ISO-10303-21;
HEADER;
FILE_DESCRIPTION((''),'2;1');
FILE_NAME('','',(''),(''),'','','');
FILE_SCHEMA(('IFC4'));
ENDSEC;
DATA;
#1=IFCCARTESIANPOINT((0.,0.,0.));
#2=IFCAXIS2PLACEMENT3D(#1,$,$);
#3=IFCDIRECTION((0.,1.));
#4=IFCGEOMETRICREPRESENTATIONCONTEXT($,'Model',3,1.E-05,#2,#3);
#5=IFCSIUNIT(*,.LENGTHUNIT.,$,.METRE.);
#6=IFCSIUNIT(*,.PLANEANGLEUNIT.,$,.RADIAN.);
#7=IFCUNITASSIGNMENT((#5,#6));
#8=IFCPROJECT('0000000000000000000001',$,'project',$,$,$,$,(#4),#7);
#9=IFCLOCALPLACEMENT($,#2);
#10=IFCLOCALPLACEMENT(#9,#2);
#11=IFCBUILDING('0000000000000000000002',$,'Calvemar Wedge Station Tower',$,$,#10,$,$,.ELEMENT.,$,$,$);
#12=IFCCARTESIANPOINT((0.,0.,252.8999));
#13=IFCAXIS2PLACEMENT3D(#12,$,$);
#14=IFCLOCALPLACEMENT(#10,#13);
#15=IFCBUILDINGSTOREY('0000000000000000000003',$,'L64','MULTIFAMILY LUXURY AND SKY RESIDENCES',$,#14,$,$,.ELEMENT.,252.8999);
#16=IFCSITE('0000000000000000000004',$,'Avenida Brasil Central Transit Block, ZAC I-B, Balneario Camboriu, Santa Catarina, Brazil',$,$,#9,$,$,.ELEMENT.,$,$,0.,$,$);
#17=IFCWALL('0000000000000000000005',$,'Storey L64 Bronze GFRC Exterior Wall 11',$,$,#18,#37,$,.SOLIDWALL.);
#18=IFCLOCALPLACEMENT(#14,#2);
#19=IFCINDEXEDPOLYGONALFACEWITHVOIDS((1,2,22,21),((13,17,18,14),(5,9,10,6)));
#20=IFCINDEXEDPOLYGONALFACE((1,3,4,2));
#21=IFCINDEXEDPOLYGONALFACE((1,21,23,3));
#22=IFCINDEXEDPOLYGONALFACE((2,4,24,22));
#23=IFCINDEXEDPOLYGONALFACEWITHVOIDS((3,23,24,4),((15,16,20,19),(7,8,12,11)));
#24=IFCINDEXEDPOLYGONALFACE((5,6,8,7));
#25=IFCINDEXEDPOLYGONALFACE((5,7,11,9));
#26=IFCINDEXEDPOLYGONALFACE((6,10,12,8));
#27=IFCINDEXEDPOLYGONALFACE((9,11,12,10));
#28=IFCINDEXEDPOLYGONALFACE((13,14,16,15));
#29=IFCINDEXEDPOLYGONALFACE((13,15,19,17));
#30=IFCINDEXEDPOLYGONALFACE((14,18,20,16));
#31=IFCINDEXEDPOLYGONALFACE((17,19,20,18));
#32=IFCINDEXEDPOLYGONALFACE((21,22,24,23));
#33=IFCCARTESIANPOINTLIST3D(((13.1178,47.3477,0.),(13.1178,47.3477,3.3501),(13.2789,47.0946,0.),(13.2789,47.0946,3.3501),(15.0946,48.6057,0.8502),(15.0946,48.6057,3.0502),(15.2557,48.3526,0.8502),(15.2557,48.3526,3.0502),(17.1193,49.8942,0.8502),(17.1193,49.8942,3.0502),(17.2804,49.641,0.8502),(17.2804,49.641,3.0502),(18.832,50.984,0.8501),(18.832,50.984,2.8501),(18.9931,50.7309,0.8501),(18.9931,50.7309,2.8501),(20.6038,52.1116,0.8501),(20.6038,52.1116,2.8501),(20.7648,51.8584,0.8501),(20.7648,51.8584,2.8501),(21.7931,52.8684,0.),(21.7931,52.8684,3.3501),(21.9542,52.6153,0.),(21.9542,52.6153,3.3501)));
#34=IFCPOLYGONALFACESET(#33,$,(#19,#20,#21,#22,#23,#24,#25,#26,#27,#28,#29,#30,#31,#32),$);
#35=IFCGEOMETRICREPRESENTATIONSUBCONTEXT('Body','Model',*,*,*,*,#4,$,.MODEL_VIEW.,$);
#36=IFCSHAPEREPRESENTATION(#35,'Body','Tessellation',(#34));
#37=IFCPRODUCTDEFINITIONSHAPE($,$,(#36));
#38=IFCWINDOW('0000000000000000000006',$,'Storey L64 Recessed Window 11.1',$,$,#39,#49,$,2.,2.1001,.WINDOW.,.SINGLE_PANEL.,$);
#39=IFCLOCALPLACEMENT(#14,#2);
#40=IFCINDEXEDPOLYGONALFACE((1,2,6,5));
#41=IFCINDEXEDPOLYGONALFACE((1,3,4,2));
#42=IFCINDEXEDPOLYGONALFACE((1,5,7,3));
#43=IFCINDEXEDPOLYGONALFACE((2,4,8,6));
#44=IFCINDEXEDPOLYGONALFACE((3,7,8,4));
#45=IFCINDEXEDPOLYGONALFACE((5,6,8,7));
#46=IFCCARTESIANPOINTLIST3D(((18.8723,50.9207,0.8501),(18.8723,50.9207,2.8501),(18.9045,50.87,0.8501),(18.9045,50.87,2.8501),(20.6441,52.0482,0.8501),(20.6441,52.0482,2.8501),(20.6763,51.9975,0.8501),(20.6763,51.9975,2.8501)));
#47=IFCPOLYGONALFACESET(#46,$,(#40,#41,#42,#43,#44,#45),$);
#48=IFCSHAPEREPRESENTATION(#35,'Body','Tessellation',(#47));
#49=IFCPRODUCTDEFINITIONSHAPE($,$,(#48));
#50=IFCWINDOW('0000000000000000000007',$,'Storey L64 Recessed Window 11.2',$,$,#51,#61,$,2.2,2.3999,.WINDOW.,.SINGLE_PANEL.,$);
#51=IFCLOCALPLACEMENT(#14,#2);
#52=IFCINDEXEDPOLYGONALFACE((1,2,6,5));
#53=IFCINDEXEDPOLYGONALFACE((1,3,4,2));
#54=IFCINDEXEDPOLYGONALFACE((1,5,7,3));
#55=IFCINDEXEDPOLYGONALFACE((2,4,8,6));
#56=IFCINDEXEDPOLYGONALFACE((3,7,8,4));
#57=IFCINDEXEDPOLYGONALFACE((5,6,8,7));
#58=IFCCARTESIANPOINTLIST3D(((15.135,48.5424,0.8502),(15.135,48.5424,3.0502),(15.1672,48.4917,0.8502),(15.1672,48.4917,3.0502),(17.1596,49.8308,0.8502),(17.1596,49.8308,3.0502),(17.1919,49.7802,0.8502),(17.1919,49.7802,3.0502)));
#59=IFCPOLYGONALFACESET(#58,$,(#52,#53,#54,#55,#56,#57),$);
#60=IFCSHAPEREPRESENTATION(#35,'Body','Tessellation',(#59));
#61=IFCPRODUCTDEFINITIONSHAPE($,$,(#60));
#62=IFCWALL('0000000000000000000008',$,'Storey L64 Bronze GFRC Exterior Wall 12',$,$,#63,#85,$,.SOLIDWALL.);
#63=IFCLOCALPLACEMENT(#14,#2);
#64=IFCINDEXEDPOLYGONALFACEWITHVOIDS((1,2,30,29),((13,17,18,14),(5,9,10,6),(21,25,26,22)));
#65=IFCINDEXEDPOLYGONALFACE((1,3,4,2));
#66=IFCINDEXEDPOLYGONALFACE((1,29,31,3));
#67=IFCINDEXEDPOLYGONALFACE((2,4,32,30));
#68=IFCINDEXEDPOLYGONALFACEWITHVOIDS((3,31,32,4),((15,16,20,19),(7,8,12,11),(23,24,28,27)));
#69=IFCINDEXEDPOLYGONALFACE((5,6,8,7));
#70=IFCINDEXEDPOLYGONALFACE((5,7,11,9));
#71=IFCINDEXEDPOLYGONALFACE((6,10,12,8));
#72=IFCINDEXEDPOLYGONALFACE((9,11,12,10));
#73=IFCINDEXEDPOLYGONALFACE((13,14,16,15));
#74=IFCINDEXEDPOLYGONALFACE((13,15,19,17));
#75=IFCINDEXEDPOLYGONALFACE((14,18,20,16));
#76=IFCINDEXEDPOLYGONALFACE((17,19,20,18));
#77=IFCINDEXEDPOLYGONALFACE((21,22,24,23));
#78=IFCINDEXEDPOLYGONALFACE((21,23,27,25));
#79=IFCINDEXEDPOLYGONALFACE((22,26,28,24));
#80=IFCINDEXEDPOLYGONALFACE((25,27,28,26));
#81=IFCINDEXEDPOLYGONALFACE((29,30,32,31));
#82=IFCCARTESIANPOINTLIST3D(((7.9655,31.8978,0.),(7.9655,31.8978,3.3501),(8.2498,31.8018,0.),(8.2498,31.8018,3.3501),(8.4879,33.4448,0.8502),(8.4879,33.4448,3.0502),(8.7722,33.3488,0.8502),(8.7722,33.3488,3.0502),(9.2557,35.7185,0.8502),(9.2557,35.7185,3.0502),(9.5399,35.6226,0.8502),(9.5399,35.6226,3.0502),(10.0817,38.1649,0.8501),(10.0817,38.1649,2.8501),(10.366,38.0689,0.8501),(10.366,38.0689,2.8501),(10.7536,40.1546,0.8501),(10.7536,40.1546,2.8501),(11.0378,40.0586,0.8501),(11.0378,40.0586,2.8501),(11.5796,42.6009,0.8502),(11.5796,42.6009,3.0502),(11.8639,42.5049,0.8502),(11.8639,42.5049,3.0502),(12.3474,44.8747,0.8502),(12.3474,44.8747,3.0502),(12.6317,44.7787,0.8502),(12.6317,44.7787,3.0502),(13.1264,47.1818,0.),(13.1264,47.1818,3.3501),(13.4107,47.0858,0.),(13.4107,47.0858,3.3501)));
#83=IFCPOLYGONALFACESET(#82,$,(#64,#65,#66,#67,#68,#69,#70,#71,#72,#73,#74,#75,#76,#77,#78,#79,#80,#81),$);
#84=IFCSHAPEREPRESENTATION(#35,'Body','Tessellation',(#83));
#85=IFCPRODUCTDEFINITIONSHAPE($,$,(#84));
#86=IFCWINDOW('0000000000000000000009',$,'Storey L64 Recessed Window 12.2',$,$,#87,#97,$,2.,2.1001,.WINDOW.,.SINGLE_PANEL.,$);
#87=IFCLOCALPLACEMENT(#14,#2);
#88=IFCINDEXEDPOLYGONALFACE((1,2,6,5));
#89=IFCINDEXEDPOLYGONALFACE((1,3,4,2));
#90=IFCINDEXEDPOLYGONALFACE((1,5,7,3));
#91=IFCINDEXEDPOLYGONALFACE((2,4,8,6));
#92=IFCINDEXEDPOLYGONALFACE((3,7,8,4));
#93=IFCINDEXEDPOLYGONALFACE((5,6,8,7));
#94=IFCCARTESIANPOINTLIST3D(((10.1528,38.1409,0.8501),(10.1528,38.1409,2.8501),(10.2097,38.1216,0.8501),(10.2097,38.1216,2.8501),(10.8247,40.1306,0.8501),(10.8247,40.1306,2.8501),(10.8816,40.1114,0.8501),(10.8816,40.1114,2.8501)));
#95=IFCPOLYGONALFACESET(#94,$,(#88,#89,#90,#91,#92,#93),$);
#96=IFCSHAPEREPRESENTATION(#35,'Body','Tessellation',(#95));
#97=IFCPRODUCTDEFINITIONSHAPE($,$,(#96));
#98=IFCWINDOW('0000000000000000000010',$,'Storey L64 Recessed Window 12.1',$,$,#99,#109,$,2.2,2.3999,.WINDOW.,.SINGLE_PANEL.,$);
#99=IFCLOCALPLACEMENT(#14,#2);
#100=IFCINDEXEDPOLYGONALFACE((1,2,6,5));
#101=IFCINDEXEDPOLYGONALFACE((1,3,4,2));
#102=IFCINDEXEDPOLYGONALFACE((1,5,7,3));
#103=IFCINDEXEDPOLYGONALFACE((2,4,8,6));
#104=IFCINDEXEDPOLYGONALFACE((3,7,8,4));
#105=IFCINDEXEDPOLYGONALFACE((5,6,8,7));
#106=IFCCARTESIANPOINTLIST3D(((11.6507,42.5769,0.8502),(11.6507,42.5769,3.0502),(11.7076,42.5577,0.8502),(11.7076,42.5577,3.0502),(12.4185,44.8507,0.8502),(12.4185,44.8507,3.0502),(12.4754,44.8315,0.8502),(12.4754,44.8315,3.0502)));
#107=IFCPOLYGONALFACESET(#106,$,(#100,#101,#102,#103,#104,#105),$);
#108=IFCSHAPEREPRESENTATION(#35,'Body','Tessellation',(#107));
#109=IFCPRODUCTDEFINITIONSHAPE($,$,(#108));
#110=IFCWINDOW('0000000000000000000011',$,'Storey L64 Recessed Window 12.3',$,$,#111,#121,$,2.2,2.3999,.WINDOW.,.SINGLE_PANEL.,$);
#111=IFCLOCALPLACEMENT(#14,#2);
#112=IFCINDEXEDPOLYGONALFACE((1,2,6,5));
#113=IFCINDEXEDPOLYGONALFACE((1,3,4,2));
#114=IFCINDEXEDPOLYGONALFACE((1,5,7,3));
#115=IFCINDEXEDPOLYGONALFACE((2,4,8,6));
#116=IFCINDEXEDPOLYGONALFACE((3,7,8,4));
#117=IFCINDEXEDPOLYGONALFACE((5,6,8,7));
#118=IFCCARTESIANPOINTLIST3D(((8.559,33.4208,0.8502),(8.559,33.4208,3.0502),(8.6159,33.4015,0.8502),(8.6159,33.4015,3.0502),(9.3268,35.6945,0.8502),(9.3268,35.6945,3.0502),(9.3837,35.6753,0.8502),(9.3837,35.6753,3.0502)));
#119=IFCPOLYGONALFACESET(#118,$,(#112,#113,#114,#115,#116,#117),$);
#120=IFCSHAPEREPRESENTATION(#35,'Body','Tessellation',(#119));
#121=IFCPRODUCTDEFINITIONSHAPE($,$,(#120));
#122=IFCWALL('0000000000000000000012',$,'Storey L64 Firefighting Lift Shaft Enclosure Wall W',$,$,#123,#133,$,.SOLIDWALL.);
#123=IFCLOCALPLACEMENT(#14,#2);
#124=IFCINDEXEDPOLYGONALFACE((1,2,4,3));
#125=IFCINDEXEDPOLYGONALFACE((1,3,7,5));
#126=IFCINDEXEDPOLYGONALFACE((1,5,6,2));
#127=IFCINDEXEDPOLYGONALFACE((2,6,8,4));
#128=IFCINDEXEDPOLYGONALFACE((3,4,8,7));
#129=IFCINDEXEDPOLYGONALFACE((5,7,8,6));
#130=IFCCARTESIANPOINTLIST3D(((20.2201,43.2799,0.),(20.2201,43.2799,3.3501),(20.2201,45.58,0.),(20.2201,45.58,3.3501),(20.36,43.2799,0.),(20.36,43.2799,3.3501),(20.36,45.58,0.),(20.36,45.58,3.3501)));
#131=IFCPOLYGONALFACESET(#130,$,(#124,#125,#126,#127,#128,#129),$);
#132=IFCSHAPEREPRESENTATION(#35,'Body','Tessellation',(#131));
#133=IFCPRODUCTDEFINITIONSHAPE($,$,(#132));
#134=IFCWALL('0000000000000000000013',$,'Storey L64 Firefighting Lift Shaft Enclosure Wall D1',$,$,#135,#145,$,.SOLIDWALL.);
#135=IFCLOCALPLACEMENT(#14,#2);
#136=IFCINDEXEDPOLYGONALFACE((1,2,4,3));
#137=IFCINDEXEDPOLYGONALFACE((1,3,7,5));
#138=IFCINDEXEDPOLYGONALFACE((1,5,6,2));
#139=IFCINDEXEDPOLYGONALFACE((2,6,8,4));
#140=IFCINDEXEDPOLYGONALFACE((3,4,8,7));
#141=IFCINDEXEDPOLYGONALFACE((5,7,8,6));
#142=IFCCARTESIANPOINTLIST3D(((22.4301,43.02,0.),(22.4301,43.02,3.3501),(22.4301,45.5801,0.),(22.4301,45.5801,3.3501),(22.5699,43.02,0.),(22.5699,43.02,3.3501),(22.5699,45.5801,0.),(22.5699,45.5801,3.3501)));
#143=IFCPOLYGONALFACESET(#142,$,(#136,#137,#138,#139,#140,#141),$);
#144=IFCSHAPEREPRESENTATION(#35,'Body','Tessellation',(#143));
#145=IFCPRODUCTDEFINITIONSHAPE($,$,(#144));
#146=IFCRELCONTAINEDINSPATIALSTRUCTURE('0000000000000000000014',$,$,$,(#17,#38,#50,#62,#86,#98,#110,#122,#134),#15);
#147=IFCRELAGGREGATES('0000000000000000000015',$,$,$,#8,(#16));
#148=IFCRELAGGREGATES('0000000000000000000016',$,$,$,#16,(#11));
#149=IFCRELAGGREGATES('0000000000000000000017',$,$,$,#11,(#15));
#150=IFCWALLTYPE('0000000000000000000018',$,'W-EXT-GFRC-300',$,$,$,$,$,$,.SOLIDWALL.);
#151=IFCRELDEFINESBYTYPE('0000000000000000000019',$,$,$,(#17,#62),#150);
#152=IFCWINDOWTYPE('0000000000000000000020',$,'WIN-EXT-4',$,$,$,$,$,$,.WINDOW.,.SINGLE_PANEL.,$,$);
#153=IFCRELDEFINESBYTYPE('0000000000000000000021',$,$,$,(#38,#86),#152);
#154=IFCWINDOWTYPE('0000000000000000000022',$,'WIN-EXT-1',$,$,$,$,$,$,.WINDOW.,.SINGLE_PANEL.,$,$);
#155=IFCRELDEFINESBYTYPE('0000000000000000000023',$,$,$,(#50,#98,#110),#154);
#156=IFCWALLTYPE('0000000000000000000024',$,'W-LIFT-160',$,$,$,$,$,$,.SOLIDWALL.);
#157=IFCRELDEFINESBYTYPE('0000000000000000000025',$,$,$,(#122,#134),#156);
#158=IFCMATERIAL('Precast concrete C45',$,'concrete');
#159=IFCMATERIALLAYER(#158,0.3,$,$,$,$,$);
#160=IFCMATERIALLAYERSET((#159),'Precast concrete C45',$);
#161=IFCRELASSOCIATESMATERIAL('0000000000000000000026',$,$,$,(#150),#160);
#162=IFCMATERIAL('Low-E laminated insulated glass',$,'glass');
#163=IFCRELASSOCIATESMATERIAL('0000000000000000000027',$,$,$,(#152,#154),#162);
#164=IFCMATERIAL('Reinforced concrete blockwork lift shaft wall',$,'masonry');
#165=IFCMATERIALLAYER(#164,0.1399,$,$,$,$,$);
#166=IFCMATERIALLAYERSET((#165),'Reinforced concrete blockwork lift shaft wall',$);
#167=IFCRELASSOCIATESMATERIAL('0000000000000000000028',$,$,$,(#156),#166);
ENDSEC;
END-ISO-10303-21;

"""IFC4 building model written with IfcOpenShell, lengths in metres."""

from ifc_helpers import new_model, si_unit, direction, frame, frame_2d, origin, place, context, subcontext, project, spatial, rectangle, extrude, source, transform, mapped, material, layer, layer_set, type_object, element, fill, save


model = new_model("IFC4")

# Units and contexts
model_context = context("Model", 3, precision=1e-05, world=origin(), true_north=direction((0.0, 1.0)))
body_context = subcontext(model_context, "Body", "Model", "MODEL_VIEW")
ifc_project = project(units=[si_unit("LENGTHUNIT", "METRE"), si_unit("PLANEANGLEUNIT", "RADIAN")], contexts=[model_context])

# Site, building, storey
site_placement = place(None, origin())
site = spatial("IfcSite", under=ifc_project, at=site_placement, Name="Avenida Brasil Central Transit Block, ZAC I-B, Balneario Camboriu, Santa Catarina, Brazil", CompositionType="ELEMENT", RefElevation=0.0)
building_placement = place(site_placement, origin())
building = spatial("IfcBuilding", under=site, at=building_placement, Name="Calvemar Wedge Station Tower", CompositionType="ELEMENT")
storey_placement = place(building_placement, frame((0.0, 0.0, 252.8999)))
storey = spatial("IfcBuildingStorey", under=building, at=storey_placement, Name="L64", Description="MULTIFAMILY LUXURY AND SKY RESIDENCES", CompositionType="ELEMENT", Elevation=252.8999)

# Shared definitions
ifc_material_1 = material(Name="Precast concrete C45", Category="concrete")

# Shared definitions
ifc_layer_1 = layer(ifc_material_1, 0.3)
ifc_layer_set_1 = layer_set([ifc_layer_1], Name="Precast concrete C45")
wall_type_1 = type_object("IfcWallType", Name="W-EXT-GFRC-300", PredefinedType="SOLIDWALL", material=ifc_layer_set_1)

# Walls, openings, windows
wall_1_placement = place(storey_placement, frame((21.8738, 52.7419, 0.0), z_axis=(0.0, 0.0, 1.0), x_axis=(-0.843657, -0.536883, 0.0)))
wall_1 = element("IfcWall", 1, at=wall_1_placement, inside=storey, type_object=wall_type_1, Name="Storey L64 Bronze GFRC Exterior Wall 11", PredefinedType="SOLIDWALL", context=body_context, shape_type="SweptSolid", body=[
    extrude(rectangle(XDim=10.283, YDim=0.3, at=frame_2d((5.1416, 0.0))), origin(), (0.0, 0.0, 1.0), 3.3501),
])
shared_shape_1 = source(origin(), body_context, "Body", "SweptSolid", [
    extrude(rectangle(XDim=2.1001, YDim=2.0, at=frame_2d((1.05, 1.0))), frame((0.0, 0.1602, 0.0), z_axis=(0.0, -1.0, 0.0), x_axis=(1.0, 0.0, 0.0)), (0.0, 0.0, 1.0), 0.3201),
])
opening_1_placement = place(wall_1_placement, frame((1.4099, 0.0, 0.8501)))
opening_1 = element("IfcOpeningElement", 2, at=opening_1_placement, cuts=wall_1, PredefinedType="OPENING", context=body_context, shape_type="MappedRepresentation", body=[
    mapped(shared_shape_1, transform((0.0, 0.0, 0.0), scale=1.0)),
])
shared_shape_2 = source(origin(), body_context, "Body", "SweptSolid", [
    extrude(rectangle(XDim=2.3999, YDim=2.2, at=frame_2d((1.2, 1.1001))), frame((0.0, 0.1602, 0.0), z_axis=(0.0, -1.0, 0.0), x_axis=(1.0, 0.0, 0.0)), (0.0, 0.0, 1.0), 0.3201),
])
opening_2_placement = place(wall_1_placement, frame((5.54, 0.0, 0.8501)))
opening_2 = element("IfcOpeningElement", 3, at=opening_2_placement, cuts=wall_1, PredefinedType="OPENING", context=body_context, shape_type="MappedRepresentation", body=[
    mapped(shared_shape_2, transform((0.0, 0.0, 0.0), scale=1.0)),
])
ifc_material_2 = material(Name="Low-E laminated insulated glass", Category="glass")
window_type_1 = type_object("IfcWindowType", Name="WIN-EXT-4", PartitioningType="SINGLE_PANEL", PredefinedType="WINDOW", material=ifc_material_2)
shared_shape_3 = source(origin(), body_context, "Body", "SweptSolid", [
    extrude(rectangle(XDim=2.1001, YDim=2.0, at=frame_2d((1.05, 1.0))), frame((0.0, -0.0149, 0.0), z_axis=(0.0, -1.0, 0.0), x_axis=(1.0, 0.0, 0.0)), (0.0, 0.0, 1.0), 0.0601),
])
window_1_placement = place(opening_1_placement, origin())
window_1 = element("IfcWindow", 4, at=window_1_placement, inside=storey, type_object=window_type_1, Name="Storey L64 Recessed Window 11.1", OverallHeight=2.0, OverallWidth=2.1001, PartitioningType="SINGLE_PANEL", PredefinedType="WINDOW", context=body_context, shape_type="MappedRepresentation", body=[
    mapped(shared_shape_3, transform((0.0, 0.0, 0.0), scale=1.0)),
])
fill(opening_1, window_1)
window_type_2 = type_object("IfcWindowType", Name="WIN-EXT-1", PartitioningType="SINGLE_PANEL", PredefinedType="WINDOW", material=ifc_material_2)
shared_shape_4 = source(origin(), body_context, "Body", "SweptSolid", [
    extrude(rectangle(XDim=2.3999, YDim=2.2, at=frame_2d((1.2, 1.1001))), frame((0.0, -0.0149, 0.0), z_axis=(0.0, -1.0, 0.0), x_axis=(1.0, 0.0, 0.0)), (0.0, 0.0, 1.0), 0.0601),
])
window_2_placement = place(opening_2_placement, origin())
window_2 = element("IfcWindow", 5, at=window_2_placement, inside=storey, type_object=window_type_2, Name="Storey L64 Recessed Window 11.2", OverallHeight=2.2, OverallWidth=2.3999, PartitioningType="SINGLE_PANEL", PredefinedType="WINDOW", context=body_context, shape_type="MappedRepresentation", body=[
    mapped(shared_shape_4, transform((0.0, 0.0, 0.0), scale=1.0)),
])
fill(opening_2, window_2)
wall_2_placement = place(storey_placement, frame((13.2686, 47.1338, 0.0), z_axis=(0.0, 0.0, 1.0), x_axis=(-0.319921, -0.947444, 0.0)))
wall_2 = element("IfcWall", 6, at=wall_2_placement, inside=storey, type_object=wall_type_1, Name="Storey L64 Bronze GFRC Exterior Wall 12", PredefinedType="SOLIDWALL", context=body_context, shape_type="SweptSolid", body=[
    extrude(rectangle(XDim=16.1318, YDim=0.3, at=frame_2d((8.0659, 0.0))), origin(), (0.0, 0.0, 1.0), 3.3501),
])
opening_3_placement = place(wall_2_placement, frame((2.4351, 0.0, 0.8501)))
opening_3 = element("IfcOpeningElement", 7, at=opening_3_placement, cuts=wall_2, PredefinedType="OPENING", context=body_context, shape_type="MappedRepresentation", body=[
    mapped(shared_shape_2, transform((0.0, 0.0, 0.0), scale=1.0)),
])
opening_4_placement = place(wall_2_placement, frame((7.417, 0.0, 0.8501)))
opening_4 = element("IfcOpeningElement", 8, at=opening_4_placement, cuts=wall_2, PredefinedType="OPENING", context=body_context, shape_type="MappedRepresentation", body=[
    mapped(shared_shape_1, transform((0.0, 0.0, 0.0), scale=1.0)),
])
opening_5_placement = place(wall_2_placement, frame((12.0991, 0.0, 0.8501)))
opening_5 = element("IfcOpeningElement", 9, at=opening_5_placement, cuts=wall_2, PredefinedType="OPENING", context=body_context, shape_type="MappedRepresentation", body=[
    mapped(shared_shape_2, transform((0.0, 0.0, 0.0), scale=1.0)),
])
window_3_placement = place(opening_4_placement, origin())
window_3 = element("IfcWindow", 10, at=window_3_placement, inside=storey, type_object=window_type_1, Name="Storey L64 Recessed Window 12.2", OverallHeight=2.0, OverallWidth=2.1001, PartitioningType="SINGLE_PANEL", PredefinedType="WINDOW", context=body_context, shape_type="MappedRepresentation", body=[
    mapped(shared_shape_3, transform((0.0, 0.0, 0.0), scale=1.0)),
])
fill(opening_4, window_3)
window_4_placement = place(opening_3_placement, origin())
window_4 = element("IfcWindow", 11, at=window_4_placement, inside=storey, type_object=window_type_2, Name="Storey L64 Recessed Window 12.1", OverallHeight=2.2, OverallWidth=2.3999, PartitioningType="SINGLE_PANEL", PredefinedType="WINDOW", context=body_context, shape_type="MappedRepresentation", body=[
    mapped(shared_shape_4, transform((0.0, 0.0, 0.0), scale=1.0)),
])
fill(opening_3, window_4)
window_5_placement = place(opening_5_placement, origin())
window_5 = element("IfcWindow", 12, at=window_5_placement, inside=storey, type_object=window_type_2, Name="Storey L64 Recessed Window 12.3", OverallHeight=2.2, OverallWidth=2.3999, PartitioningType="SINGLE_PANEL", PredefinedType="WINDOW", context=body_context, shape_type="MappedRepresentation", body=[
    mapped(shared_shape_4, transform((0.0, 0.0, 0.0), scale=1.0)),
])
fill(opening_5, window_5)

# Walls
ifc_material_3 = material(Name="Reinforced concrete blockwork lift shaft wall", Category="masonry")
ifc_layer_2 = layer(ifc_material_3, 0.1399)
ifc_layer_set_2 = layer_set([ifc_layer_2], Name="Reinforced concrete blockwork lift shaft wall")
wall_type_2 = type_object("IfcWallType", Name="W-LIFT-160", PredefinedType="SOLIDWALL", material=ifc_layer_set_2)
wall_3_placement = place(storey_placement, frame((20.29, 43.28, 0.0), z_axis=(0.0, 0.0, 1.0), x_axis=(0.0, 1.0, 0.0)))
element("IfcWall", 13, at=wall_3_placement, inside=storey, type_object=wall_type_2, Name="Storey L64 Firefighting Lift Shaft Enclosure Wall W", PredefinedType="SOLIDWALL", context=body_context, shape_type="SweptSolid", body=[
    extrude(rectangle(XDim=2.3, YDim=0.1399, at=frame_2d((1.1499, 0.0))), origin(), (0.0, 0.0, 1.0), 3.3501),
])
wall_4_placement = place(storey_placement, frame((22.5, 43.02, 0.0), z_axis=(0.0, 0.0, 1.0), x_axis=(0.0, 1.0, 0.0)))
element("IfcWall", 14, at=wall_4_placement, inside=storey, type_object=wall_type_2, Name="Storey L64 Firefighting Lift Shaft Enclosure Wall D1", PredefinedType="SOLIDWALL", context=body_context, shape_type="SweptSolid", body=[
    extrude(rectangle(XDim=2.5601, YDim=0.1399, at=frame_2d((1.28, 0.0))), origin(), (0.0, 0.0, 1.0), 3.3501),
])

save(model, "model.ifc")
